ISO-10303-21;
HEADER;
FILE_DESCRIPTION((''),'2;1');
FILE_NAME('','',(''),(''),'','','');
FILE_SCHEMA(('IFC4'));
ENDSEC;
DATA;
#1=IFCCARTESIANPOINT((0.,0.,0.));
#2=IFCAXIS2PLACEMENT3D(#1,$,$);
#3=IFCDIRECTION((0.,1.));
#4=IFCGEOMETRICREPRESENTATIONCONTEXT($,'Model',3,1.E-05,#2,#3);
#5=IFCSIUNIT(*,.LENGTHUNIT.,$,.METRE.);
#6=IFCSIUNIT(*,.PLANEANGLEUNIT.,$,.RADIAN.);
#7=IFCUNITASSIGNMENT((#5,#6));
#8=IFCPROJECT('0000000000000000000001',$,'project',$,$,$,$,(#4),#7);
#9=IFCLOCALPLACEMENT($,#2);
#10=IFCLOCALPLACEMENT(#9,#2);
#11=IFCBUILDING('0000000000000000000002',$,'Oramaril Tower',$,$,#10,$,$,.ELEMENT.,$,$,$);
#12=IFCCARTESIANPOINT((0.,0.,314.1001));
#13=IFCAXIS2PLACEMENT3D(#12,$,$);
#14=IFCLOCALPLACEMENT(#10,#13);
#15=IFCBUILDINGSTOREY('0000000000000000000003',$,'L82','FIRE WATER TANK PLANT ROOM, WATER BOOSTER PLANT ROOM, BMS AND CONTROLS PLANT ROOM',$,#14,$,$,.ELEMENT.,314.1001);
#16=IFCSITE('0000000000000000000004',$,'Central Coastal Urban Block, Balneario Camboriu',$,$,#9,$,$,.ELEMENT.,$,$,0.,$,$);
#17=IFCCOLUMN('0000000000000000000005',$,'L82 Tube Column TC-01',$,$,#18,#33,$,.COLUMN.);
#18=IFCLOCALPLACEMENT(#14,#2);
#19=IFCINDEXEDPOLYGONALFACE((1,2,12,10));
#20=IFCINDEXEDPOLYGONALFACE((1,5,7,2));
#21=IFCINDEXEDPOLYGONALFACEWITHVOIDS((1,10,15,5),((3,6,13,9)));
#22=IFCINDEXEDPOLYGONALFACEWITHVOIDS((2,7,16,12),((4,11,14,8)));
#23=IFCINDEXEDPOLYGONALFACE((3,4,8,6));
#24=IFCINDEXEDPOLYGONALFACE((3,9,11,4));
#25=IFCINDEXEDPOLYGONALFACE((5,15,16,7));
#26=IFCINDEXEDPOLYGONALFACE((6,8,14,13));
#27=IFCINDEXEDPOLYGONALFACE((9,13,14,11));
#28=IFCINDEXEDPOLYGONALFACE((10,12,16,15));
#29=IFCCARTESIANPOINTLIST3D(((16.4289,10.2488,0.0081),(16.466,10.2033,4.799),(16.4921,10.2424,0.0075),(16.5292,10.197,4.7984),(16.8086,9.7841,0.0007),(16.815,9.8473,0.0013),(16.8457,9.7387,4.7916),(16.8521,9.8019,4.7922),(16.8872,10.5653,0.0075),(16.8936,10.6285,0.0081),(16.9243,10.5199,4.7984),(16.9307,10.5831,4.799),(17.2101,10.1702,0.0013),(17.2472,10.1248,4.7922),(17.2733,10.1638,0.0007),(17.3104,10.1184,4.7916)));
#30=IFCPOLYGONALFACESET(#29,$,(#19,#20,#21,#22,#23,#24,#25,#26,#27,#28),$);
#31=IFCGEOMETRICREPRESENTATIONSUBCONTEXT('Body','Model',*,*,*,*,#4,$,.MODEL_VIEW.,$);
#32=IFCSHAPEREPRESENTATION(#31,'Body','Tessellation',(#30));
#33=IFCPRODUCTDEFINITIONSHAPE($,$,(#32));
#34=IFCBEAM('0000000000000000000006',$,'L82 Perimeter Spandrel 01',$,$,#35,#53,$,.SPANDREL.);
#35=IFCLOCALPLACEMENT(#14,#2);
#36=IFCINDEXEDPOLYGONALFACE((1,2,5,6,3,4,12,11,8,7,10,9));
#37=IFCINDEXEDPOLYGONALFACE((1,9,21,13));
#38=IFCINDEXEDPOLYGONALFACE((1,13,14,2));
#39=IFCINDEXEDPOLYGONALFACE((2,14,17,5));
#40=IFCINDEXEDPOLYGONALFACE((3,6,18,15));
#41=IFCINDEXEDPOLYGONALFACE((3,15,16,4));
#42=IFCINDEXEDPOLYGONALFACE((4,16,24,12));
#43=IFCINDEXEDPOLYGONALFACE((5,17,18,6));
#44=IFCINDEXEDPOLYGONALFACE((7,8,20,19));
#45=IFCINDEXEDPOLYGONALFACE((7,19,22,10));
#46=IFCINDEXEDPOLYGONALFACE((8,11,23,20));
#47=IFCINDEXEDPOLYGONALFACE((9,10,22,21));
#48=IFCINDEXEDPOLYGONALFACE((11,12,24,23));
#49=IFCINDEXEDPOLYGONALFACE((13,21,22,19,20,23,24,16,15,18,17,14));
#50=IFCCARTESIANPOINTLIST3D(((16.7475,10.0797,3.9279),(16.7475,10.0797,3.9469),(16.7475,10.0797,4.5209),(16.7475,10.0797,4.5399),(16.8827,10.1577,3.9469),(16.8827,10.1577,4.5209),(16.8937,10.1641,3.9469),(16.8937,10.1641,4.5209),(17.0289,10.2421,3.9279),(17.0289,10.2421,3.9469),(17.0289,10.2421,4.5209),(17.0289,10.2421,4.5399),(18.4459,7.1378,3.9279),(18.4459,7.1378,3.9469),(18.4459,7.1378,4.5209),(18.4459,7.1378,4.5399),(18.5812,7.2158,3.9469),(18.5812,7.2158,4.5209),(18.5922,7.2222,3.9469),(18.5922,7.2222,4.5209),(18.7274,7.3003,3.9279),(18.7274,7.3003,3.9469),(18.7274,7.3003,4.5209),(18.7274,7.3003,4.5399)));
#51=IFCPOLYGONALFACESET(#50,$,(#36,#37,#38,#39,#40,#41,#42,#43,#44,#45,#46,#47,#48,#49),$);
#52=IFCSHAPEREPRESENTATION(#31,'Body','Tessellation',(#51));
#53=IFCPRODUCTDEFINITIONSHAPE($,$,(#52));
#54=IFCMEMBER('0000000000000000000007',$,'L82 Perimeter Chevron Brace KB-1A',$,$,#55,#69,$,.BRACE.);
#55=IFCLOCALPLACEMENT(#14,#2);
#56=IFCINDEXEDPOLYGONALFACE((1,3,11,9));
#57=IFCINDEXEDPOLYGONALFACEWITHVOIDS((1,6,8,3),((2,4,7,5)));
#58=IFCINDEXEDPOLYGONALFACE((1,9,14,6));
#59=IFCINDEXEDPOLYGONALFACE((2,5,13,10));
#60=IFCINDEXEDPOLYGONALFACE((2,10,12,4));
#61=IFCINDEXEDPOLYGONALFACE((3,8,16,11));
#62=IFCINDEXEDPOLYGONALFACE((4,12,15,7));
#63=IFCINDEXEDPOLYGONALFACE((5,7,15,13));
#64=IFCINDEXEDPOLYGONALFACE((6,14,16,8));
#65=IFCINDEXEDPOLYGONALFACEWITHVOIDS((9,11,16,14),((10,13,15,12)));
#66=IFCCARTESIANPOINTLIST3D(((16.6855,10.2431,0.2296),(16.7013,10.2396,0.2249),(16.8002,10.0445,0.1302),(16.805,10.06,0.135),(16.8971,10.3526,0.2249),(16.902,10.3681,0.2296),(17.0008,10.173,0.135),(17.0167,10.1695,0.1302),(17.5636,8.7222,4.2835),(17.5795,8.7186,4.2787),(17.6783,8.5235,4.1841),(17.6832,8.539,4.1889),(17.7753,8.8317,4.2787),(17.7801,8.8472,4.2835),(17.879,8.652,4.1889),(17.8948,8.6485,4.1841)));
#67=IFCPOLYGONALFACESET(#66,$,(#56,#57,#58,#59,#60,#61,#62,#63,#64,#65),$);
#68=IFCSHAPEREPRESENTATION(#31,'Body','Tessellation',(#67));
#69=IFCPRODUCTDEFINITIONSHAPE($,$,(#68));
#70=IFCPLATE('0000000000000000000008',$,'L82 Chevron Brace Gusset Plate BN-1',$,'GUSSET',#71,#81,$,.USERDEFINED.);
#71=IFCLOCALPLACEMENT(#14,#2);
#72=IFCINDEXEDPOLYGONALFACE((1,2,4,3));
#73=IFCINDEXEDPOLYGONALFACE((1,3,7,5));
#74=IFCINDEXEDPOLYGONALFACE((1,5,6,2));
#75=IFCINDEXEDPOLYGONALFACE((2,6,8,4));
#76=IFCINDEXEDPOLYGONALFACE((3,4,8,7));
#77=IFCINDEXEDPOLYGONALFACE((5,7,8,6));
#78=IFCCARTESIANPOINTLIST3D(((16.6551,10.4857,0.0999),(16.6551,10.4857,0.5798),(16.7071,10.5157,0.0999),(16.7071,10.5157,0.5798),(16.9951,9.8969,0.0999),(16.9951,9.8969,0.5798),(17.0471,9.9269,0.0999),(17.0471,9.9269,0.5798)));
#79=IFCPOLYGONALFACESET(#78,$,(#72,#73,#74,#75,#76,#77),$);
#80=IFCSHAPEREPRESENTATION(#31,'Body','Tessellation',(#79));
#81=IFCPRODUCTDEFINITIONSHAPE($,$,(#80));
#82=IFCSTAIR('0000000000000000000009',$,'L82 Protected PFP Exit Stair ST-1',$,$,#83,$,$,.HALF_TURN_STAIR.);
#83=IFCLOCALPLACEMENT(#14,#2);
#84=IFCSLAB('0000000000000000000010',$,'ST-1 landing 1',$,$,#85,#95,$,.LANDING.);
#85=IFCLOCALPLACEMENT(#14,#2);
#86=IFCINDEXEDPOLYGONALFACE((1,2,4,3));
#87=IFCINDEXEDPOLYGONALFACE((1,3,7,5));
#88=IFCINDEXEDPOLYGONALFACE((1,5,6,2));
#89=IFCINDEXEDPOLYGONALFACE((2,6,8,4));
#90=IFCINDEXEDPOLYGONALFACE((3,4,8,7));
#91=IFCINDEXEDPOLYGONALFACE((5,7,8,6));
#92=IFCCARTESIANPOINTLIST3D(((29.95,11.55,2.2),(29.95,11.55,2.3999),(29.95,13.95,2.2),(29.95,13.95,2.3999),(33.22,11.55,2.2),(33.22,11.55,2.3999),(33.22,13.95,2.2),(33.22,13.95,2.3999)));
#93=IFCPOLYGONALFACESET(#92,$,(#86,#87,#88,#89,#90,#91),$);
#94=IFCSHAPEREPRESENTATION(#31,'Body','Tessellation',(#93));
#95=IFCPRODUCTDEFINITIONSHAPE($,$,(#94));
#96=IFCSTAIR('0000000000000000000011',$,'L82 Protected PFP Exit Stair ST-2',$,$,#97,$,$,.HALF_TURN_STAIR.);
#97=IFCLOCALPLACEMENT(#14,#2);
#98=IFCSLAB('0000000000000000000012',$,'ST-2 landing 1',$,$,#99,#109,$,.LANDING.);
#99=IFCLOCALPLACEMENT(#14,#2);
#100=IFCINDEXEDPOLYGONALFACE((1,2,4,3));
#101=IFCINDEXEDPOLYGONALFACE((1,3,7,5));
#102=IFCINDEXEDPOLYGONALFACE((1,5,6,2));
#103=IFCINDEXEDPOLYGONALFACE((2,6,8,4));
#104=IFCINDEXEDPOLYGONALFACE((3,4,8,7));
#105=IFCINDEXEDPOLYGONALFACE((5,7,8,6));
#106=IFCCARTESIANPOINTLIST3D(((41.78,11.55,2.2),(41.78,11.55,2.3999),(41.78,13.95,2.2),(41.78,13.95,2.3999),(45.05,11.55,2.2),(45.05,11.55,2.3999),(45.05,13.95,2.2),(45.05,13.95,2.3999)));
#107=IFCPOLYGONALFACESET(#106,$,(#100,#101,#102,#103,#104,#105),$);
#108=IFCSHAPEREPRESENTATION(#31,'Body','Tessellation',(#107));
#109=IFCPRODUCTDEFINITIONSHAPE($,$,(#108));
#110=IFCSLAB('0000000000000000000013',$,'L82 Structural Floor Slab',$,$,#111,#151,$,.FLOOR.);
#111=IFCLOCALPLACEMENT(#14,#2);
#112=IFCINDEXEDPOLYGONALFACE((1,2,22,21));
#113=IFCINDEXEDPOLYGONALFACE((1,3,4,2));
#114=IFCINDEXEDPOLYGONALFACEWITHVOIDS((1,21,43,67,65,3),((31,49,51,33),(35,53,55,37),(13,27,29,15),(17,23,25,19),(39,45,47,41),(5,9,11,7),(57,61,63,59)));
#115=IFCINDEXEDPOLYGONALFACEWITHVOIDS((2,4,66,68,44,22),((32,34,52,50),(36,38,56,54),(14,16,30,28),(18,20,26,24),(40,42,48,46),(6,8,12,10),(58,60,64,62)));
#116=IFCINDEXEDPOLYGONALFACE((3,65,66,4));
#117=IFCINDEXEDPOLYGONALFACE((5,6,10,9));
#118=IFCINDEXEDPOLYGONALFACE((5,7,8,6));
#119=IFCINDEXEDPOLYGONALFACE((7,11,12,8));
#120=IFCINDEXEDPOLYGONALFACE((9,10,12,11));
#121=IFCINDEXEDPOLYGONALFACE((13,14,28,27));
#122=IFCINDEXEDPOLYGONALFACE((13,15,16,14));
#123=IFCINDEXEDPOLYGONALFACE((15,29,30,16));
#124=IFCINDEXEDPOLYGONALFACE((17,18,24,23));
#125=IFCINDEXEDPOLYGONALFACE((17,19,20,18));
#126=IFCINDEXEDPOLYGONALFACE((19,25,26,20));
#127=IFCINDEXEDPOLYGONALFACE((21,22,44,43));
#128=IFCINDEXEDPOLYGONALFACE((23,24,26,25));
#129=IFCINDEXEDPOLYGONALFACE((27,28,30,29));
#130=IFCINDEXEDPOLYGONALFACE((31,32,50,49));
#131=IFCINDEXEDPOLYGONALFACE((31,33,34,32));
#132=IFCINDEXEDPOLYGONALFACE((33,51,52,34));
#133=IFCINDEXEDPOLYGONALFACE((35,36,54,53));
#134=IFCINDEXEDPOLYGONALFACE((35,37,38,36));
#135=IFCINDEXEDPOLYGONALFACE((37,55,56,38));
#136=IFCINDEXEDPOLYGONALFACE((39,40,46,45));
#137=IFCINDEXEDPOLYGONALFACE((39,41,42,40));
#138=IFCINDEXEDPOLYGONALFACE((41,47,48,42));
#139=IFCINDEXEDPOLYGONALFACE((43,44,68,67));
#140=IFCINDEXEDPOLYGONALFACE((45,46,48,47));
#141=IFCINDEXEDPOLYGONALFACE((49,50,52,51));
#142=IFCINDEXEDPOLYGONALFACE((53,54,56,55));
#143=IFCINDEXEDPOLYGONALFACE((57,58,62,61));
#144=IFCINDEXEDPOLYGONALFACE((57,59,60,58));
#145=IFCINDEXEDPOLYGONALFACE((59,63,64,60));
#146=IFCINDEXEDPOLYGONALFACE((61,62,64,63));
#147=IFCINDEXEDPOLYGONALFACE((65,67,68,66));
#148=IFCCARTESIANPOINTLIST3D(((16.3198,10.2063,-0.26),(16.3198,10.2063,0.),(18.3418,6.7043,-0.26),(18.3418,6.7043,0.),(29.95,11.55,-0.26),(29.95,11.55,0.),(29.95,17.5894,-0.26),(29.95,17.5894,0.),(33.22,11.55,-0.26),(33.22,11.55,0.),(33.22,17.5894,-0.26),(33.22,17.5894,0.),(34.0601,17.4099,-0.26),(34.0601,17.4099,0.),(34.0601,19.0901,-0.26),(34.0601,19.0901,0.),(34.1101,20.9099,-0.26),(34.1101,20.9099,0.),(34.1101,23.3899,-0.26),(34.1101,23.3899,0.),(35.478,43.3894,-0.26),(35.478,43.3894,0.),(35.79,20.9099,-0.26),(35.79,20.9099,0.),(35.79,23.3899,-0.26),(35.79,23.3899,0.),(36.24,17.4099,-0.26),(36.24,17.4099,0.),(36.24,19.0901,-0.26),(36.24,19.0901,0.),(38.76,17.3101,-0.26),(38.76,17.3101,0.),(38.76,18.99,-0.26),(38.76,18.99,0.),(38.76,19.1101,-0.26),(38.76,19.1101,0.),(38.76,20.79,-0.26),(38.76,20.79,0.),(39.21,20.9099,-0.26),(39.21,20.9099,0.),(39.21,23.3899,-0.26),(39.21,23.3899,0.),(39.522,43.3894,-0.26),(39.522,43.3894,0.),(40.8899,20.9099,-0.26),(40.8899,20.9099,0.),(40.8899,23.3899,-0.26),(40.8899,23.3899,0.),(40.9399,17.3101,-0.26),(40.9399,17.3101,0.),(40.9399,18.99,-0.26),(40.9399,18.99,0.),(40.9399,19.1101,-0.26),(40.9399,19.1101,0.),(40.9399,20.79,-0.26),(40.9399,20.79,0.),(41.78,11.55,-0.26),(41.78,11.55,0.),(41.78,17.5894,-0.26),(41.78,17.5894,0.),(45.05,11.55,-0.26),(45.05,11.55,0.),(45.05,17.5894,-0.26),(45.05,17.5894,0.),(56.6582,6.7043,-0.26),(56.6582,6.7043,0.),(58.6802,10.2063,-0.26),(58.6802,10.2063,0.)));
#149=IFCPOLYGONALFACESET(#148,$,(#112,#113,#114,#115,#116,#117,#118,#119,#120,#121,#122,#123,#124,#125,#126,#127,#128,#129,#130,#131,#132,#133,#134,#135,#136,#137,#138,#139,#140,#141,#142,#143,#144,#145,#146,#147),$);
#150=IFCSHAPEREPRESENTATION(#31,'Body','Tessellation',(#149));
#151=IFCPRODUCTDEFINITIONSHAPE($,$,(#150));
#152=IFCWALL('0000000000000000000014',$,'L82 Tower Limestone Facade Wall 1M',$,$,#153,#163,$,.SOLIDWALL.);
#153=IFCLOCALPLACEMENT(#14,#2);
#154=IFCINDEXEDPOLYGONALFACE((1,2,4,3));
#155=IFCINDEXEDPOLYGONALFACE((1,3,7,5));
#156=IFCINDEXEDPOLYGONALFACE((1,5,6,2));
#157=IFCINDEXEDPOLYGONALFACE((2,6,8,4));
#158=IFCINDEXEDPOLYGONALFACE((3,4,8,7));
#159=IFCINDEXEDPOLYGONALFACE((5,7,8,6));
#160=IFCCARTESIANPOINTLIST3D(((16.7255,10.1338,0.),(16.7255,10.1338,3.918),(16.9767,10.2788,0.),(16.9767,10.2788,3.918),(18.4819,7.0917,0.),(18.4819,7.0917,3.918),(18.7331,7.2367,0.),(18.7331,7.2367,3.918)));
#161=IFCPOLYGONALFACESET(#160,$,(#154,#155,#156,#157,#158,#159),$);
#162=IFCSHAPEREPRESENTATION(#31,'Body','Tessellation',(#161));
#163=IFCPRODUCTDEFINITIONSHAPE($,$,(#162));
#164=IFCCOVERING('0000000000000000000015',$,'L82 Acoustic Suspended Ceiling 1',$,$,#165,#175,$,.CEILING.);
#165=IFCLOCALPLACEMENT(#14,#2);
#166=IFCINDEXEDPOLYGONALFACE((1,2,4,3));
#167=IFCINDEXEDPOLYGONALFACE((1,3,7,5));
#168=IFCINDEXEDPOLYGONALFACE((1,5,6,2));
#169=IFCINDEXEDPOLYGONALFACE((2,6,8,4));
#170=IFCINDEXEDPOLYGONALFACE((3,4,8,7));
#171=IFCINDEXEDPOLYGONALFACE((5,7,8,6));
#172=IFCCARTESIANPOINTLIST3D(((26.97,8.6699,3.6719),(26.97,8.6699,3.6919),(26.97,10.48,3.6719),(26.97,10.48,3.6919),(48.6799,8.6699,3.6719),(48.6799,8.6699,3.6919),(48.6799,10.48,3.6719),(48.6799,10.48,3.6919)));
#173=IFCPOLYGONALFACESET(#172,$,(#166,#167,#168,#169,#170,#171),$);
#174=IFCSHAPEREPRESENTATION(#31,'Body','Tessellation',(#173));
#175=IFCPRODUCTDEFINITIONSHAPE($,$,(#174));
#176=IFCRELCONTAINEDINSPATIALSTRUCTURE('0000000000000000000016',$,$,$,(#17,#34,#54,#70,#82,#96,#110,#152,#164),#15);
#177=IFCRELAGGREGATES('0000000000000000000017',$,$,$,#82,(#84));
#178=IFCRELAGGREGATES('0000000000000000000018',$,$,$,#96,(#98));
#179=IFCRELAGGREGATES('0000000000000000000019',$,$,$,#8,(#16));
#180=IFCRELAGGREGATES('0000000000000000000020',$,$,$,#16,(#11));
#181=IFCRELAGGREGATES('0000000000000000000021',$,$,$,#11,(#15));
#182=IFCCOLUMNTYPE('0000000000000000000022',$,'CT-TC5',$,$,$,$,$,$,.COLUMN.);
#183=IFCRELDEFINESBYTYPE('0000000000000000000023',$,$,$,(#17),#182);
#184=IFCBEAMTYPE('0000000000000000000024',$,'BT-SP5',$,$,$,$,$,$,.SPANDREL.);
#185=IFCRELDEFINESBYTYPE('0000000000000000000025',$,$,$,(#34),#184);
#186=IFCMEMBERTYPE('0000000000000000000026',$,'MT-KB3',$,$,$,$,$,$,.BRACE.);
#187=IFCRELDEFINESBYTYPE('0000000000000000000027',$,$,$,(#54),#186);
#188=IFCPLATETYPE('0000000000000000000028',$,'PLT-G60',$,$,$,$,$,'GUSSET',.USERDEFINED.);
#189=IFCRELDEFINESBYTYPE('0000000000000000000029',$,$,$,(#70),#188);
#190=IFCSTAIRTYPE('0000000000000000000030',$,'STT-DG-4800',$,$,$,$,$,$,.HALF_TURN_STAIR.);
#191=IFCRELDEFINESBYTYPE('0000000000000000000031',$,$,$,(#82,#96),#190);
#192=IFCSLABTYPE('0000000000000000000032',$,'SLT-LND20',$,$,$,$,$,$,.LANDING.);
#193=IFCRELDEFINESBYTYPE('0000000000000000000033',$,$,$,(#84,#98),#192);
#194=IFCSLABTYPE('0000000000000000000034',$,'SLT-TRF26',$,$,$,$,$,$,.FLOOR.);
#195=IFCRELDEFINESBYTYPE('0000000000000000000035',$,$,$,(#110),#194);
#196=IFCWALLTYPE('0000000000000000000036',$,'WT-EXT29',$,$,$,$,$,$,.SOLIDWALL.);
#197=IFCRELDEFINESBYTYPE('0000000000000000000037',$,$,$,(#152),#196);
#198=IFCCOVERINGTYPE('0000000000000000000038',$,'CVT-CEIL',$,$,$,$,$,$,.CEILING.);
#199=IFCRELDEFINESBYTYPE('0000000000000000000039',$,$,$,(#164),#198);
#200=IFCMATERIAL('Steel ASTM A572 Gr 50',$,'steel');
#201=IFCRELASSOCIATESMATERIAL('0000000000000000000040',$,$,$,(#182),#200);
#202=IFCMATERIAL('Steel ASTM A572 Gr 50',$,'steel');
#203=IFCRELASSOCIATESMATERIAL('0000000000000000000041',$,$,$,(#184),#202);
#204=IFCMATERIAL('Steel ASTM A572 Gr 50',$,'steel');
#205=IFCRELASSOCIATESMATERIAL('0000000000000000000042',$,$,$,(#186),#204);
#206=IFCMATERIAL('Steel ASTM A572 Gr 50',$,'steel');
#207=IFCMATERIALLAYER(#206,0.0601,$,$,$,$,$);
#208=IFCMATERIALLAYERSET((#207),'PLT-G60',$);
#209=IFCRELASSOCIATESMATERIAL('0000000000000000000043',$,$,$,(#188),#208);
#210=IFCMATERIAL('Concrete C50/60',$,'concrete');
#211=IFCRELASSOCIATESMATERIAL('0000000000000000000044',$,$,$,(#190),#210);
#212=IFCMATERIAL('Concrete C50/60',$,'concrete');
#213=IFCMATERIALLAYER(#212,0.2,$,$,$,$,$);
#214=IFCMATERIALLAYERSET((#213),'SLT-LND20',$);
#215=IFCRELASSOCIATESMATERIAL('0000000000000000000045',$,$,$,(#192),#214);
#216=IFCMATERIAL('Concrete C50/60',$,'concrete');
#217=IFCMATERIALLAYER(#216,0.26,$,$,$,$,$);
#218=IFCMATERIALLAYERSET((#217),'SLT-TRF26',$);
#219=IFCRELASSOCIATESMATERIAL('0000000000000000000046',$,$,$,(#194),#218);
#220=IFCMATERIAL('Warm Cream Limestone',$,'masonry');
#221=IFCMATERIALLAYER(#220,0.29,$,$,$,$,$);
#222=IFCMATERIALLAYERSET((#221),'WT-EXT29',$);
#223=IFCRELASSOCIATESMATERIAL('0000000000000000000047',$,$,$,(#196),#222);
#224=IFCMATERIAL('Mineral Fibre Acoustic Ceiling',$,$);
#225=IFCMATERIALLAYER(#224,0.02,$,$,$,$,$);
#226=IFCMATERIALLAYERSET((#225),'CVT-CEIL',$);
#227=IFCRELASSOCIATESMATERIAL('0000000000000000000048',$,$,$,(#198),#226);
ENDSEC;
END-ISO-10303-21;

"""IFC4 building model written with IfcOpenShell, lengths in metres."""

from ifc_helpers import new_model, si_unit, direction, frame, frame_2d, origin, origin_2d, place, context, subcontext, project, spatial, polyline, rectangle, hollow_rectangle, i_section, outline, extrude, material, layer, layer_set, material_profile, profile_set, type_object, element, aggregate, save


model = new_model("IFC4")

# Units and contexts
model_context = context("Model", 3, precision=1e-05, world=origin(), true_north=direction((0.0, 1.0)))
body_context = subcontext(model_context, "Body", "Model", "MODEL_VIEW")
ifc_project = project(units=[si_unit("LENGTHUNIT", "METRE"), si_unit("PLANEANGLEUNIT", "RADIAN")], contexts=[model_context])

# Site, building, storey
site_placement = place(None, origin())
site = spatial("IfcSite", under=ifc_project, at=site_placement, Name="Central Coastal Urban Block, Balneario Camboriu", CompositionType="ELEMENT", RefElevation=0.0)
building_placement = place(site_placement, origin())
building = spatial("IfcBuilding", under=site, at=building_placement, Name="Oramaril Tower", CompositionType="ELEMENT")
storey_placement = place(building_placement, frame((0.0, 0.0, 314.1001)))
storey = spatial("IfcBuildingStorey", under=building, at=storey_placement, Name="L82", Description="FIRE WATER TANK PLANT ROOM, WATER BOOSTER PLANT ROOM, BMS AND CONTROLS PLANT ROOM", CompositionType="ELEMENT", Elevation=314.1001)

# Column
ifc_material_1 = material(Name="Steel ASTM A572 Gr 50", Category="steel")
ifc_material_profile_1 = material_profile(ifc_material_1, hollow_rectangle(XDim=0.6001, YDim=0.6001, WallThickness=0.0449, at=origin_2d()), Name="BOX600X600X45")
ifc_profile_set_1 = profile_set([ifc_material_profile_1], Name="Steel ASTM A572 Gr 50")
column_type = type_object("IfcColumnType", Name="CT-TC5", PredefinedType="COLUMN", material=ifc_profile_set_1)
column_placement = place(storey_placement, frame((16.8511, 10.2063, 0.0044), z_axis=(0.007745, -0.009477, 0.999925), x_axis=(0.774328, 0.632784, 0.0)))
element("IfcColumn", 1, at=column_placement, inside=storey, type_object=column_type, Name="L82 Tube Column TC-01", PredefinedType="COLUMN", context=body_context, shape_type="SweptSolid", body=[
    extrude(hollow_rectangle(XDim=0.6001, YDim=0.6001, WallThickness=0.0449, at=origin_2d()), origin(), (0.0, 0.0, 1.0), 4.7913),
])

# Beam
ifc_material_2 = material(Name="Steel ASTM A572 Gr 50", Category="steel")
ifc_material_profile_2 = material_profile(ifc_material_2, i_section(OverallWidth=0.325, OverallDepth=0.6121, WebThickness=0.0127, FlangeThickness=0.019, at=origin_2d()), Name="W24X104")
ifc_profile_set_2 = profile_set([ifc_material_profile_2], Name="Steel ASTM A572 Gr 50")
beam_type = type_object("IfcBeamType", Name="BT-SP5", PredefinedType="SPANDREL", material=ifc_profile_set_2)
beam_placement = place(storey_placement, frame((16.8882, 10.1609, 4.2339), z_axis=(0.499996, -0.866028, 0.0), x_axis=(0.866028, 0.499996, 0.0)))
element("IfcBeam", 2, at=beam_placement, inside=storey, type_object=beam_type, Name="L82 Perimeter Spandrel 01", PredefinedType="SPANDREL", context=body_context, shape_type="SweptSolid", body=[
    extrude(i_section(OverallWidth=0.325, OverallDepth=0.6121, WebThickness=0.0127, FlangeThickness=0.019, at=origin_2d()), origin(), (0.0, 0.0, 1.0), 3.397),
])

# Member
ifc_material_3 = material(Name="Steel ASTM A572 Gr 50", Category="steel")
ifc_material_profile_3 = material_profile(ifc_material_3, hollow_rectangle(XDim=0.25, YDim=0.25, WallThickness=0.012, at=origin_2d()), Name="HSS250X250X12")
ifc_profile_set_3 = profile_set([ifc_material_profile_3], Name="Steel ASTM A572 Gr 50")
member_type = type_object("IfcMemberType", Name="MT-KB3", PredefinedType="BRACE", material=ifc_profile_set_3)
member_placement = place(storey_placement, frame((16.8511, 10.2063, 0.1799), z_axis=(0.19877, -0.344269, 0.917589), x_axis=(0.866019, 0.500011, 0.0)))
element("IfcMember", 3, at=member_placement, inside=storey, type_object=member_type, Name="L82 Perimeter Chevron Brace KB-1A", PredefinedType="BRACE", context=body_context, shape_type="SweptSolid", body=[
    extrude(hollow_rectangle(XDim=0.25, YDim=0.25, WallThickness=0.012, at=origin_2d()), origin(), (0.0, 0.0, 1.0), 4.418),
])

# Plate
ifc_material_4 = material(Name="Steel ASTM A572 Gr 50", Category="steel")
ifc_layer_1 = layer(ifc_material_4, 0.0601)
ifc_layer_set_1 = layer_set([ifc_layer_1], Name="PLT-G60")
plate_type = type_object("IfcPlateType", Name="PLT-G60", ElementType="GUSSET", PredefinedType="USERDEFINED", material=ifc_layer_set_1)
plate_placement = place(storey_placement, frame((16.8511, 10.2063, 0.0999), z_axis=(0.0, 0.0, 1.0), x_axis=(0.5, -0.866025, 0.0)))
element("IfcPlate", 4, at=plate_placement, inside=storey, type_object=plate_type, Name="L82 Chevron Brace Gusset Plate BN-1", ObjectType="GUSSET", PredefinedType="USERDEFINED", context=body_context, shape_type="SweptSolid", body=[
    extrude(rectangle(XDim=0.6799, YDim=0.0601, at=origin_2d()), origin(), (0.0, 0.0, 1.0), 0.48),
])

# Stairs, slabs
ifc_material_5 = material(Name="Concrete C50/60", Category="concrete")
stair_type = type_object("IfcStairType", Name="STT-DG-4800", PredefinedType="HALF_TURN_STAIR", material=ifc_material_5)
stair_1_placement = place(storey_placement, origin())
stair_1 = element("IfcStair", 5, at=stair_1_placement, inside=storey, type_object=stair_type, Name="L82 Protected PFP Exit Stair ST-1", PredefinedType="HALF_TURN_STAIR")
ifc_material_6 = material(Name="Concrete C50/60", Category="concrete")
ifc_layer_2 = layer(ifc_material_6, 0.2)
ifc_layer_set_2 = layer_set([ifc_layer_2], Name="SLT-LND20")
slab_type_1 = type_object("IfcSlabType", Name="SLT-LND20", PredefinedType="LANDING", material=ifc_layer_set_2)
slab_1_placement = place(storey_placement, frame((0.0, 0.0, 2.2)))
slab_1 = element("IfcSlab", 6, at=slab_1_placement, type_object=slab_type_1, Name="ST-1 landing 1", PredefinedType="LANDING", context=body_context, shape_type="SweptSolid", body=[
    extrude(outline(polyline([(29.95, 13.95), (29.95, 11.55), (33.22, 11.55), (33.22, 13.95), (29.95, 13.95)])), origin(), (0.0, 0.0, 1.0), 0.2),
])
aggregate(stair_1, [slab_1])
stair_2_placement = place(storey_placement, origin())
stair_2 = element("IfcStair", 7, at=stair_2_placement, inside=storey, type_object=stair_type, Name="L82 Protected PFP Exit Stair ST-2", PredefinedType="HALF_TURN_STAIR")
slab_2_placement = place(storey_placement, frame((0.0, 0.0, 2.2)))
slab_2 = element("IfcSlab", 8, at=slab_2_placement, type_object=slab_type_1, Name="ST-2 landing 1", PredefinedType="LANDING", context=body_context, shape_type="SweptSolid", body=[
    extrude(outline(polyline([(41.78, 13.95), (41.78, 11.55), (45.05, 11.55), (45.05, 13.95), (41.78, 13.95)])), origin(), (0.0, 0.0, 1.0), 0.2),
])
aggregate(stair_2, [slab_2])

# Slab
ifc_material_7 = material(Name="Concrete C50/60", Category="concrete")
ifc_layer_3 = layer(ifc_material_7, 0.26)
ifc_layer_set_3 = layer_set([ifc_layer_3], Name="SLT-TRF26")
slab_type_2 = type_object("IfcSlabType", Name="SLT-TRF26", PredefinedType="FLOOR", material=ifc_layer_set_3)
slab_3_placement = place(storey_placement, frame((0.0, 0.0, -0.26)))
element("IfcSlab", 9, at=slab_3_placement, inside=storey, type_object=slab_type_2, Name="L82 Structural Floor Slab", PredefinedType="FLOOR", context=body_context, shape_type="SweptSolid", body=[
    extrude(outline(polyline([(16.3198, 10.2063), (18.3418, 6.7043), (56.6582, 6.7043), (58.6802, 10.2063), (39.522, 43.3894), (35.478, 43.3894), (16.3198, 10.2063)]), holes=[polyline([(29.95, 17.5894), (29.95, 11.55), (33.22, 11.55), (33.22, 17.5894), (29.95, 17.5894)]), polyline([(41.78, 17.5894), (41.78, 11.55), (45.05, 11.55), (45.05, 17.5894), (41.78, 17.5894)]), polyline([(34.1101, 20.9099), (35.79, 20.9099), (35.79, 23.3899), (34.1101, 23.3899), (34.1101, 20.9099)]), polyline([(39.21, 20.9099), (40.8899, 20.9099), (40.8899, 23.3899), (39.21, 23.3899), (39.21, 20.9099)]), polyline([(34.0601, 17.4099), (36.24, 17.4099), (36.24, 19.0901), (34.0601, 19.0901), (34.0601, 17.4099)]), polyline([(38.76, 17.3101), (40.9399, 17.3101), (40.9399, 18.99), (38.76, 18.99), (38.76, 17.3101)]), polyline([(38.76, 19.1101), (40.9399, 19.1101), (40.9399, 20.79), (38.76, 20.79), (38.76, 19.1101)])]), origin(), (0.0, 0.0, 1.0), 0.26),
])

# Wall
ifc_material_8 = material(Name="Warm Cream Limestone", Category="masonry")
ifc_layer_4 = layer(ifc_material_8, 0.29)
ifc_layer_set_4 = layer_set([ifc_layer_4], Name="WT-EXT29")
wall_type = type_object("IfcWallType", Name="WT-EXT29", PredefinedType="SOLIDWALL", material=ifc_layer_set_4)
wall_placement = place(storey_placement, frame((16.8511, 10.2063, 0.0), z_axis=(0.0, 0.0, 1.0), x_axis=(0.500011, -0.866019, 0.0)))
element("IfcWall", 10, at=wall_placement, inside=storey, type_object=wall_type, Name="L82 Tower Limestone Facade Wall 1M", PredefinedType="SOLIDWALL", context=body_context, shape_type="SweptSolid", body=[
    extrude(rectangle(XDim=3.5127, YDim=0.29, at=frame_2d((1.7563, 0.0))), origin(), (0.0, 0.0, 1.0), 3.918),
])

# Covering
ifc_material_9 = material(Name="Mineral Fibre Acoustic Ceiling")
ifc_layer_5 = layer(ifc_material_9, 0.02)
ifc_layer_set_5 = layer_set([ifc_layer_5], Name="CVT-CEIL")
covering_type_1 = type_object("IfcCoveringType", Name="CVT-CEIL", PredefinedType="CEILING", material=ifc_layer_set_5)
covering_1_placement = place(storey_placement, frame((0.0, 0.0, 3.6719)))
element("IfcCovering", 11, at=covering_1_placement, inside=storey, type_object=covering_type_1, Name="L82 Acoustic Suspended Ceiling 1", PredefinedType="CEILING", context=body_context, shape_type="SweptSolid", body=[
    extrude(outline(polyline([(48.6799, 10.48), (48.6799, 8.6699), (26.97, 8.6699), (26.97, 10.48), (48.6799, 10.48)])), origin(), (0.0, 0.0, 1.0), 0.02),
])

save(model, "model.ifc")
